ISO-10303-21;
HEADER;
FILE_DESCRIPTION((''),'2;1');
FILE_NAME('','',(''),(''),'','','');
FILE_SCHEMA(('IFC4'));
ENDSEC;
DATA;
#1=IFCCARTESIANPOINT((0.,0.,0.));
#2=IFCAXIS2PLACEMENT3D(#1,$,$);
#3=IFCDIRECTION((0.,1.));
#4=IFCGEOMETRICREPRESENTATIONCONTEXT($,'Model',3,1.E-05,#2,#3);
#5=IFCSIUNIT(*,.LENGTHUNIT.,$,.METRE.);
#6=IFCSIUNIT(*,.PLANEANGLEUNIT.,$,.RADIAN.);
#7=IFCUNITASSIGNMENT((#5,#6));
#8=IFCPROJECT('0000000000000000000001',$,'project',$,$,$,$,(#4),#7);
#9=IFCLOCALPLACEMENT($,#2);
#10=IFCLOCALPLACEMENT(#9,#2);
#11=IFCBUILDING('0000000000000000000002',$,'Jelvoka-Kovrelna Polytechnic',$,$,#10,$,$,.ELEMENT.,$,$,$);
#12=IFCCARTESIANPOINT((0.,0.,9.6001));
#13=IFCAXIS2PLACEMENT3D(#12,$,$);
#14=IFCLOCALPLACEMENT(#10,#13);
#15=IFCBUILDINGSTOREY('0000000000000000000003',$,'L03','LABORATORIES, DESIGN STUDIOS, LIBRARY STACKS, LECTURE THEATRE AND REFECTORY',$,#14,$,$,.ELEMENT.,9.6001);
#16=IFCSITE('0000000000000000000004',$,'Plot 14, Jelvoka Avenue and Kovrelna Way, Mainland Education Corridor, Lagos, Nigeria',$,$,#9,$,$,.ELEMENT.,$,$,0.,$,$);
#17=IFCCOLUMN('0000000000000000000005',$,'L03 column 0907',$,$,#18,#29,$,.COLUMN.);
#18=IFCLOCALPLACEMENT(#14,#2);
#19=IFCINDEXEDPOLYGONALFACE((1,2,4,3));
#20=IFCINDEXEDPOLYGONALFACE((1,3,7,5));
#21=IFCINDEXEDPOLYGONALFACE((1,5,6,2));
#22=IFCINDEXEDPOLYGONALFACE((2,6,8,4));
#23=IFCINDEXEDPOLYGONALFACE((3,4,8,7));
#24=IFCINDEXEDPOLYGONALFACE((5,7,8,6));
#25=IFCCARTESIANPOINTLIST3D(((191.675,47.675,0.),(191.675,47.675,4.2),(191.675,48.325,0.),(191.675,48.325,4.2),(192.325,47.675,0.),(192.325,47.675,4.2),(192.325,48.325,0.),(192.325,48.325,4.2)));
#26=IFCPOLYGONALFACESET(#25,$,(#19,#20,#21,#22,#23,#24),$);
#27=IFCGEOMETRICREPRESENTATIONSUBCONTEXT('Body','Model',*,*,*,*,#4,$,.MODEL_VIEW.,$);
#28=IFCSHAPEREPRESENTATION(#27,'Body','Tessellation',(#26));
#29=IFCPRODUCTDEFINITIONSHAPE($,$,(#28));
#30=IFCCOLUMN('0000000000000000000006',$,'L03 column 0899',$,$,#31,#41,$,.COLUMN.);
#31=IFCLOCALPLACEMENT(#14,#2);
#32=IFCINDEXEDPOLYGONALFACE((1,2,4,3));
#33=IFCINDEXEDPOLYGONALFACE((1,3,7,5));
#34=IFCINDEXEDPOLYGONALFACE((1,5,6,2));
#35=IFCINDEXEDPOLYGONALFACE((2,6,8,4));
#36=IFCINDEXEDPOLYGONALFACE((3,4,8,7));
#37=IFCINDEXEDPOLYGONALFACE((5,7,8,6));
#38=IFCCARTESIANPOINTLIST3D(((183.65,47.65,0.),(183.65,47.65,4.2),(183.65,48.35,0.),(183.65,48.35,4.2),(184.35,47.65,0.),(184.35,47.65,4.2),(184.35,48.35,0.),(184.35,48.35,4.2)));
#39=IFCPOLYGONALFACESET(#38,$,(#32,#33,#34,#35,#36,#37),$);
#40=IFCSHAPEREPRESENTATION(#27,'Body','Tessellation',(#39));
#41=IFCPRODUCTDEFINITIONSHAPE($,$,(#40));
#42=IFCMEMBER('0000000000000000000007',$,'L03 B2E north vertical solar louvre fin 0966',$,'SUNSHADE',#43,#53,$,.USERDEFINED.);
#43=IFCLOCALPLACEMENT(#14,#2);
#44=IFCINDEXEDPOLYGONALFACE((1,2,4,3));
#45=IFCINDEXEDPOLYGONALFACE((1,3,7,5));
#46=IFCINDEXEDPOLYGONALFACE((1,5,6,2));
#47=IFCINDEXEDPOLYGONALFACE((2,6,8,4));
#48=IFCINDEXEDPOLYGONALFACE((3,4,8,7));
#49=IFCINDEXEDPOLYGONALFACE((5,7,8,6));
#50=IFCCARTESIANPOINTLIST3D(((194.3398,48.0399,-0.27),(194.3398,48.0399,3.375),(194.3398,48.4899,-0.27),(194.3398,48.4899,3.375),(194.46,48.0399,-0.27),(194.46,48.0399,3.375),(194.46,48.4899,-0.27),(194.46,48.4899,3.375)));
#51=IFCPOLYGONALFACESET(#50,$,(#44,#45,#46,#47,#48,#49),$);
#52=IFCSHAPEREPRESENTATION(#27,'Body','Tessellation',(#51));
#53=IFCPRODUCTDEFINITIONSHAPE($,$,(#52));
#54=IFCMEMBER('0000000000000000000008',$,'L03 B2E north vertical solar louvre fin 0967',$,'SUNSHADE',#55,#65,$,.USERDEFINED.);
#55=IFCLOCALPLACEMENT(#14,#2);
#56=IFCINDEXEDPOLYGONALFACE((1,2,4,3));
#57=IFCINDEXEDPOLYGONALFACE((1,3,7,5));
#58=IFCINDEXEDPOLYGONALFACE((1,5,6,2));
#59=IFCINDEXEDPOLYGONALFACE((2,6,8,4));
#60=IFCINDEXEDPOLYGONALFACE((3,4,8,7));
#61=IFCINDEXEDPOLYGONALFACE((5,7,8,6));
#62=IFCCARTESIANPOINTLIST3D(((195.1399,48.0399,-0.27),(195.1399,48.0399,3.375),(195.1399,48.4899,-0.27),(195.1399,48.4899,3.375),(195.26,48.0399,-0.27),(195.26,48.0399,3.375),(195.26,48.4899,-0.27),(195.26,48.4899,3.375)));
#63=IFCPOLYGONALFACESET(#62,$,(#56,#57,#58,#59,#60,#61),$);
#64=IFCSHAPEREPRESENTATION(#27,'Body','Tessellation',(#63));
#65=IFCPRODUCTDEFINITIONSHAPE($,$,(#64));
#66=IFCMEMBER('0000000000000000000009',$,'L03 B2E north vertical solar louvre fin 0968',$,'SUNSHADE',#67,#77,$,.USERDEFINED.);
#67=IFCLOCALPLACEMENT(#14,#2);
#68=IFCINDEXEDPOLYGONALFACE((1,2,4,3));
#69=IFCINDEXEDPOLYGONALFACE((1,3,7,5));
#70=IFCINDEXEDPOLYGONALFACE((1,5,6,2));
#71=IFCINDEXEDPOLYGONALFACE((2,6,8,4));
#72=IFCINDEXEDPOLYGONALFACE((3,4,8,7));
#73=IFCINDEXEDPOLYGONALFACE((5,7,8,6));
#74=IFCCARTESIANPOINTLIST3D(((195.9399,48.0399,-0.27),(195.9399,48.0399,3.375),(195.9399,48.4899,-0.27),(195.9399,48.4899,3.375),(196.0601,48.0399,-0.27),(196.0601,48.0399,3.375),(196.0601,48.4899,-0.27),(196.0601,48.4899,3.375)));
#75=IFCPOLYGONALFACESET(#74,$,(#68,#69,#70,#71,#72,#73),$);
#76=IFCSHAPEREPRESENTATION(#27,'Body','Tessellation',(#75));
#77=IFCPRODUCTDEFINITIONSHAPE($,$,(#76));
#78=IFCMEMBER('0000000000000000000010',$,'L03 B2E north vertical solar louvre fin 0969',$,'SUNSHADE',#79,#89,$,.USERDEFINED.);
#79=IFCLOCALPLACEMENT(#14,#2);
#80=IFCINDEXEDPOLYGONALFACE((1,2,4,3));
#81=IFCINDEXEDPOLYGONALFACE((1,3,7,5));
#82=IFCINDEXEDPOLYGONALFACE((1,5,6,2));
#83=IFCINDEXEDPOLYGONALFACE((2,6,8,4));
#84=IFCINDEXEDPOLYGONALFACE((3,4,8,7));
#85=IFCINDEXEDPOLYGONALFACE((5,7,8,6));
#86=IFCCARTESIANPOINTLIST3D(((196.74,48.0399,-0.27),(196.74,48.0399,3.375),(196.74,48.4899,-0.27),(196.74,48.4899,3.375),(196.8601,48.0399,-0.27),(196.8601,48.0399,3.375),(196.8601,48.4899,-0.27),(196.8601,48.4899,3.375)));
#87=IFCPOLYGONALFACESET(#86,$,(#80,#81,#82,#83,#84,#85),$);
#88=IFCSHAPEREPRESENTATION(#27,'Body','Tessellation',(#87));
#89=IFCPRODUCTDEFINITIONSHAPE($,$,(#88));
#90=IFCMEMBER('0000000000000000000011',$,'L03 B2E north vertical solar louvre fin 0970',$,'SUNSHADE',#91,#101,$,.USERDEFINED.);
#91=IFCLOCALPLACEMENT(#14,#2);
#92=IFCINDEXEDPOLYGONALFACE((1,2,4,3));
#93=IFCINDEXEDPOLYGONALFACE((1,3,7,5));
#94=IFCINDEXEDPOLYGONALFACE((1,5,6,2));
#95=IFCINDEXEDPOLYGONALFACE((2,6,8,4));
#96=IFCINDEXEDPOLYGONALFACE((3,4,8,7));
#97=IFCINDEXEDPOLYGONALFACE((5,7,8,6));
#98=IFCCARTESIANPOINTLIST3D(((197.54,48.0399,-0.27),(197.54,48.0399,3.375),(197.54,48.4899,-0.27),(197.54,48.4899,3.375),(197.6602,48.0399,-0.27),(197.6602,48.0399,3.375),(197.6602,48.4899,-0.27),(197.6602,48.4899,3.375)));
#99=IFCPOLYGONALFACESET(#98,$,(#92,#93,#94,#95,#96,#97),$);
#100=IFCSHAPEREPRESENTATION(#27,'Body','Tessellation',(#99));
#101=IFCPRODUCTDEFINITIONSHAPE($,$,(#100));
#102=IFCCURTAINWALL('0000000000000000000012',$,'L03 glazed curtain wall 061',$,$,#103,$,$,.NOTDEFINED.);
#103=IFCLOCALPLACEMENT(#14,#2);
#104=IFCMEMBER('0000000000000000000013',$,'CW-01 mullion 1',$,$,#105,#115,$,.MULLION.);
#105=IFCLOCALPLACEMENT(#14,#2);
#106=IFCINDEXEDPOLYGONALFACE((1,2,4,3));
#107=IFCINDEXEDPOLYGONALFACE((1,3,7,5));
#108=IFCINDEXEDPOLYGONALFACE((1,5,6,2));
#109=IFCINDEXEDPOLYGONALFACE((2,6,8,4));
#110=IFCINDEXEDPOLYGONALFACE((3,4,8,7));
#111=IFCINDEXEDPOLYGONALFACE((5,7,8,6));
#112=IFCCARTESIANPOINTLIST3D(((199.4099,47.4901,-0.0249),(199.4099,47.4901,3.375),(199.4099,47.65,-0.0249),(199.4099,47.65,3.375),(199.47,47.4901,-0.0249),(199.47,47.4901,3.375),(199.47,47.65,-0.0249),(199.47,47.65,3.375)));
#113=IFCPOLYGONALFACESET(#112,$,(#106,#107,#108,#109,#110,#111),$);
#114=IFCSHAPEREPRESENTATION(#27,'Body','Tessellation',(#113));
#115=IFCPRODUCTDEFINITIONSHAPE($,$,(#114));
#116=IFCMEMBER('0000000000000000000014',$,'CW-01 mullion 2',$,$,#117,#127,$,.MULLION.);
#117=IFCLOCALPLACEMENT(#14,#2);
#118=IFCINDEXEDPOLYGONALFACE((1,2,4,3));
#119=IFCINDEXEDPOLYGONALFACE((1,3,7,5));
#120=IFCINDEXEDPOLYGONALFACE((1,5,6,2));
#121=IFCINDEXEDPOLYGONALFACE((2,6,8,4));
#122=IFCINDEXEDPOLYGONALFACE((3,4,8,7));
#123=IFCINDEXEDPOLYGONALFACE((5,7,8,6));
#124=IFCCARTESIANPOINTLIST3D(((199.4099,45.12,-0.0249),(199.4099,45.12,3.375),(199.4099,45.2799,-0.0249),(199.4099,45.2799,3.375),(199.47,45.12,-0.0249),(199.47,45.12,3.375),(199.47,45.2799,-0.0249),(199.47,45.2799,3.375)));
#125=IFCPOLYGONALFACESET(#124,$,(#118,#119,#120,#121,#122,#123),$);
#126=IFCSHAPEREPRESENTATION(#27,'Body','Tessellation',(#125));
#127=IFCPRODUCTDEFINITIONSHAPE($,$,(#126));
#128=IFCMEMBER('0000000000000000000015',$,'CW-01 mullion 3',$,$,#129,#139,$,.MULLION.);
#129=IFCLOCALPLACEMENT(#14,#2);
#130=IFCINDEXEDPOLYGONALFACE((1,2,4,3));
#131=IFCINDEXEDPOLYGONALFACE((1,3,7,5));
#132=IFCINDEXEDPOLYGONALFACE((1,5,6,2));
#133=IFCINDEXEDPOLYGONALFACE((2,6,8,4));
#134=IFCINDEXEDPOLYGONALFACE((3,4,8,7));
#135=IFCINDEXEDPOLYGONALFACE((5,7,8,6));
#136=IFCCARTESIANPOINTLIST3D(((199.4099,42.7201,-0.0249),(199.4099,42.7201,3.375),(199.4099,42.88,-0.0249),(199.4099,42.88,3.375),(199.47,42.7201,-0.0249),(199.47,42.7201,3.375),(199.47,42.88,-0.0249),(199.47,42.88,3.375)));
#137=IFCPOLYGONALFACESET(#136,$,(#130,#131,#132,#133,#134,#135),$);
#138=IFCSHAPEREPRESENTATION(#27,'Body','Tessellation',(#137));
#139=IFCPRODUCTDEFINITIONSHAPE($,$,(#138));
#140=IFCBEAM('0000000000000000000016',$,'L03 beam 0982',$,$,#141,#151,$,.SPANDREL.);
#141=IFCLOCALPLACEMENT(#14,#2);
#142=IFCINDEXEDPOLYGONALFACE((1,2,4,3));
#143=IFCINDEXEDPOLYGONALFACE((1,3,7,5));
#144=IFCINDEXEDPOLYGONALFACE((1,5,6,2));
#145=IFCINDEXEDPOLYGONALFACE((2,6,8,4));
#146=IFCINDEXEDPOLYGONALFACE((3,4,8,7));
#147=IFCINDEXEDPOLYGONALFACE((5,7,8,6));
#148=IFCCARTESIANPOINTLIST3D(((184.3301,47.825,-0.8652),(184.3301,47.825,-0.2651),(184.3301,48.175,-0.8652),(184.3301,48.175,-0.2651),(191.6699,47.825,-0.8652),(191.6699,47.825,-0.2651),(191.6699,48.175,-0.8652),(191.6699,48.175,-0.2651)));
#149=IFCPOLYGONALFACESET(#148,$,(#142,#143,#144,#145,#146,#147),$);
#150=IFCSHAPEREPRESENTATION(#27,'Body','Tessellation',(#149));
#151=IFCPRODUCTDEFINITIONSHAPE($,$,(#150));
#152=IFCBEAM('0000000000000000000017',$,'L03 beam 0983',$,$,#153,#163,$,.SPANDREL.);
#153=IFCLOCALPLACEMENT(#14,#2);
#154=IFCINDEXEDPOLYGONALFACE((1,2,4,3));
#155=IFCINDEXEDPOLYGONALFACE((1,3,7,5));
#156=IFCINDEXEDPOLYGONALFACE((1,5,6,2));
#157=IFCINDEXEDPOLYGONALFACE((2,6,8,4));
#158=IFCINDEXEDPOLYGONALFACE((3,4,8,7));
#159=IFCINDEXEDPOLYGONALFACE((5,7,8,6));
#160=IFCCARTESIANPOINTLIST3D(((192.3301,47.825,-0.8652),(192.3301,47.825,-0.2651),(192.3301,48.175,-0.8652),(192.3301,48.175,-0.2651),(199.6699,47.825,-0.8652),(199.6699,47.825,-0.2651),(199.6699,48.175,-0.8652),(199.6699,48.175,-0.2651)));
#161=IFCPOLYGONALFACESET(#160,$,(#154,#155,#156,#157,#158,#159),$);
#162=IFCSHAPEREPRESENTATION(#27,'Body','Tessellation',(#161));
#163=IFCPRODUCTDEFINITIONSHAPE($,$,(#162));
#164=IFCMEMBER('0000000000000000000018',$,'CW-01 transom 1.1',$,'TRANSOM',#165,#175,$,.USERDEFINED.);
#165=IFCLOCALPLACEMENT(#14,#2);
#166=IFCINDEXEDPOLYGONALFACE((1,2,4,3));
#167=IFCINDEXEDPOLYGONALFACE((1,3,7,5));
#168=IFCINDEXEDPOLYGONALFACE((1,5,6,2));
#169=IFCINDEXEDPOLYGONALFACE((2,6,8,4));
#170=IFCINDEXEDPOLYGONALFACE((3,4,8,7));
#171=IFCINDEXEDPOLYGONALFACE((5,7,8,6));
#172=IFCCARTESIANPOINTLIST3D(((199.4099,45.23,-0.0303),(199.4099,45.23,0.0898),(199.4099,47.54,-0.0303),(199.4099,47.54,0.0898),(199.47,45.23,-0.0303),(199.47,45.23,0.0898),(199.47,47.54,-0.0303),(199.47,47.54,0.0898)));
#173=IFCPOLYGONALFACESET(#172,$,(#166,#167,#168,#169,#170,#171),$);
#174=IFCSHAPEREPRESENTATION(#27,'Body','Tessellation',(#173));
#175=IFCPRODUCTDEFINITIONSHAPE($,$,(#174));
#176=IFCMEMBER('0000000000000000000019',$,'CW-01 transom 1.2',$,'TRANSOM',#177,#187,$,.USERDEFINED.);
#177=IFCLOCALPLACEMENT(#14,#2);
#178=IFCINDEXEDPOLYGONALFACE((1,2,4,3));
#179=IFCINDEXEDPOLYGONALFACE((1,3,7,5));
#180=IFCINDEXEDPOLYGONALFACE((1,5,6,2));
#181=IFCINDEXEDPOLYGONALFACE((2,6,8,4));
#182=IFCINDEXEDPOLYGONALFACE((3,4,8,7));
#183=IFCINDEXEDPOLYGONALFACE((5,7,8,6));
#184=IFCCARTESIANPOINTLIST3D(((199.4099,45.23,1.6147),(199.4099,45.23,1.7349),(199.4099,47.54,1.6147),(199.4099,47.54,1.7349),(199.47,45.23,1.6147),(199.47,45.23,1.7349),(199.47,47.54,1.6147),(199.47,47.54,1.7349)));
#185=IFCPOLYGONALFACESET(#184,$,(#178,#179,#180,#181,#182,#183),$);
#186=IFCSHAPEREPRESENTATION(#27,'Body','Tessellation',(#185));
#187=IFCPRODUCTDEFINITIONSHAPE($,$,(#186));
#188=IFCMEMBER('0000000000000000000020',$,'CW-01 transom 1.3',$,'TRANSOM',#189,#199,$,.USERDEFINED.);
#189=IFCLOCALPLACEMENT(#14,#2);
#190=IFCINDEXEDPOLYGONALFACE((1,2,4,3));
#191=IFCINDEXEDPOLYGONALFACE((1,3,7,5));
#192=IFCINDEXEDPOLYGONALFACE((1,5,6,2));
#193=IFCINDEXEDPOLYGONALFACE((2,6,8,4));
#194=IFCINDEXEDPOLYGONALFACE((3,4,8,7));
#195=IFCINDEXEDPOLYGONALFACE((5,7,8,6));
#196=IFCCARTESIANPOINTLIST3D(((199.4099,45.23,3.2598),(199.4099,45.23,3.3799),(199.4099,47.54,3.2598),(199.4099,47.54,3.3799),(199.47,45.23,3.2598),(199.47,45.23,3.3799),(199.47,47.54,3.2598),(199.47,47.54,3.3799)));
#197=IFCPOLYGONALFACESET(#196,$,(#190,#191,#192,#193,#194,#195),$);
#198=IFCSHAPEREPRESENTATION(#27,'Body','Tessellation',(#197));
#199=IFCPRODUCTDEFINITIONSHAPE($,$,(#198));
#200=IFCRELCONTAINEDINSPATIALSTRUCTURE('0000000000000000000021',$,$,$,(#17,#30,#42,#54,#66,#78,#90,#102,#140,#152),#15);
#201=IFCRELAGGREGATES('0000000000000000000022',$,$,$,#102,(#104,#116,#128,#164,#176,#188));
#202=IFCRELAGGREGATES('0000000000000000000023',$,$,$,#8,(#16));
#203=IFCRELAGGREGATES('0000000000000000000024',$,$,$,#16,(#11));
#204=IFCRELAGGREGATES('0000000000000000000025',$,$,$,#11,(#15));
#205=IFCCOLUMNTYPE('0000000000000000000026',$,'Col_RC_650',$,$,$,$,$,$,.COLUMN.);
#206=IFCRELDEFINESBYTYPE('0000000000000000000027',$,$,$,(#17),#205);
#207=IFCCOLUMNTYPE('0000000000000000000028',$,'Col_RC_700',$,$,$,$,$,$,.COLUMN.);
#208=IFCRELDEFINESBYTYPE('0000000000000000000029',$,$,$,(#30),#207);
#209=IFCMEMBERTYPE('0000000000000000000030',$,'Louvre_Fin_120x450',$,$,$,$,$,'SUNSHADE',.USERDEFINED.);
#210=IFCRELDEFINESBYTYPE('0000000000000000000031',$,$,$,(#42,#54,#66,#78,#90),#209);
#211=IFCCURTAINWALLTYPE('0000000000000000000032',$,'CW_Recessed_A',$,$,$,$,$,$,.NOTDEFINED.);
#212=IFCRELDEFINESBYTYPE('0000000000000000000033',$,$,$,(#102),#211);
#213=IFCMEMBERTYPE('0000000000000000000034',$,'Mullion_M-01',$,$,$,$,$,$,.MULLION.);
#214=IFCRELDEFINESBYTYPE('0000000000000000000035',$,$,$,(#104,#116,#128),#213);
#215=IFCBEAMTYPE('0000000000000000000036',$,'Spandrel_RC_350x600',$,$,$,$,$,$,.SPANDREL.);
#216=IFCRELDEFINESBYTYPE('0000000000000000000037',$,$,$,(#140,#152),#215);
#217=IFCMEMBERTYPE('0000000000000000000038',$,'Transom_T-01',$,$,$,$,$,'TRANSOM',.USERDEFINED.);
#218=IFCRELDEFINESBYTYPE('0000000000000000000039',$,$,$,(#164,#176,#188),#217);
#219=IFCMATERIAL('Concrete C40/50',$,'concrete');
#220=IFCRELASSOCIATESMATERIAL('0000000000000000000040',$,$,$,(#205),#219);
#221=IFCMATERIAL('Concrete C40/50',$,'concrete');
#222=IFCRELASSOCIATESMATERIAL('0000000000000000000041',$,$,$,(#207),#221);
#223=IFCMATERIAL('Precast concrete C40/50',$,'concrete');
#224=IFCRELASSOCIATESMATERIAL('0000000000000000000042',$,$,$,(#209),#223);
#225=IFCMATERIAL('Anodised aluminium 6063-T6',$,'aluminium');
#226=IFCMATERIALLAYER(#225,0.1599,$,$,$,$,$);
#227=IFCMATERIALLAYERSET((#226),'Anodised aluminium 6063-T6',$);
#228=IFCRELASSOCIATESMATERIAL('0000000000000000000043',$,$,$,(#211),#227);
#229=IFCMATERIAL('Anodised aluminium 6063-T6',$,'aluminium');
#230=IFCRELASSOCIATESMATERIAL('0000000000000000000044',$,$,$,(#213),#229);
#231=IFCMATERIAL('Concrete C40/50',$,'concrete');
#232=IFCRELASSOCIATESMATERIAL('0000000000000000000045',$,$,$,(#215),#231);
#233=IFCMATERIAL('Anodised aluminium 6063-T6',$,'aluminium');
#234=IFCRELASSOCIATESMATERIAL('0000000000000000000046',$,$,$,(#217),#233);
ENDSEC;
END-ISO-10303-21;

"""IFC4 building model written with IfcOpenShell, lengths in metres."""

from ifc_helpers import new_model, si_unit, direction, frame, origin, origin_2d, place, context, subcontext, project, spatial, rectangle, extrude, material, layer, layer_set, material_profile, profile_set, type_object, element, aggregate, save


model = new_model("IFC4")

# Units and contexts
model_context = context("Model", 3, precision=1e-05, world=origin(), true_north=direction((0.0, 1.0)))
body_context = subcontext(model_context, "Body", "Model", "MODEL_VIEW")
ifc_project = project(units=[si_unit("LENGTHUNIT", "METRE"), si_unit("PLANEANGLEUNIT", "RADIAN")], contexts=[model_context])

# Site, building, storey
site_placement = place(None, origin())
site = spatial("IfcSite", under=ifc_project, at=site_placement, Name="Plot 14, Jelvoka Avenue and Kovrelna Way, Mainland Education Corridor, Lagos, Nigeria", CompositionType="ELEMENT", RefElevation=0.0)
building_placement = place(site_placement, origin())
building = spatial("IfcBuilding", under=site, at=building_placement, Name="Jelvoka-Kovrelna Polytechnic", CompositionType="ELEMENT")
storey_placement = place(building_placement, frame((0.0, 0.0, 9.6001)))
storey = spatial("IfcBuildingStorey", under=building, at=storey_placement, Name="L03", Description="LABORATORIES, DESIGN STUDIOS, LIBRARY STACKS, LECTURE THEATRE AND REFECTORY", CompositionType="ELEMENT", Elevation=9.6001)

# Columns
ifc_material_1 = material(Name="Concrete C40/50", Category="concrete")
ifc_material_profile_1 = material_profile(ifc_material_1, rectangle(XDim=0.6499, YDim=0.6499, at=origin_2d()), Name="RC 650x650")
ifc_profile_set_1 = profile_set([ifc_material_profile_1], Name="Concrete C40/50")
column_type_1 = type_object("IfcColumnType", Name="Col_RC_650", PredefinedType="COLUMN", material=ifc_profile_set_1)
column_1_placement = place(storey_placement, frame((192.0, 48.0, 0.0), z_axis=(0.0, 0.0, 1.0), x_axis=(1.0, 0.0, 0.0)))
element("IfcColumn", 1, at=column_1_placement, inside=storey, type_object=column_type_1, Name="L03 column 0907", PredefinedType="COLUMN", context=body_context, shape_type="SweptSolid", body=[
    extrude(rectangle(XDim=0.6499, YDim=0.6499, at=origin_2d()), origin(), (0.0, 0.0, 1.0), 4.2),
])
ifc_material_2 = material(Name="Concrete C40/50", Category="concrete")
ifc_material_profile_2 = material_profile(ifc_material_2, rectangle(XDim=0.7, YDim=0.7, at=origin_2d()), Name="RC 700x700")
ifc_profile_set_2 = profile_set([ifc_material_profile_2], Name="Concrete C40/50")
column_type_2 = type_object("IfcColumnType", Name="Col_RC_700", PredefinedType="COLUMN", material=ifc_profile_set_2)
column_2_placement = place(storey_placement, frame((184.0, 48.0, 0.0), z_axis=(0.0, 0.0, 1.0), x_axis=(1.0, 0.0, 0.0)))
element("IfcColumn", 2, at=column_2_placement, inside=storey, type_object=column_type_2, Name="L03 column 0899", PredefinedType="COLUMN", context=body_context, shape_type="SweptSolid", body=[
    extrude(rectangle(XDim=0.7, YDim=0.7, at=origin_2d()), origin(), (0.0, 0.0, 1.0), 4.2),
])

# Members
ifc_material_3 = material(Name="Precast concrete C40/50", Category="concrete")
ifc_material_profile_3 = material_profile(ifc_material_3, rectangle(XDim=0.1201, YDim=0.45, at=origin_2d()), Name="PC 120x450")
ifc_profile_set_3 = profile_set([ifc_material_profile_3], Name="Precast concrete C40/50")
member_type_1 = type_object("IfcMemberType", Name="Louvre_Fin_120x450", ElementType="SUNSHADE", PredefinedType="USERDEFINED", material=ifc_profile_set_3)
for number, where, z_axis, x_axis, name in (
    (3, (194.3999, 48.2649, -0.27), (0.0, 0.0, 1.0), (1.0, 0.0, 0.0), "L03 B2E north vertical solar louvre fin 0966"),
    (4, (195.2, 48.2649, -0.27), (0.0, 0.0, 1.0), (1.0, 0.0, 0.0), "L03 B2E north vertical solar louvre fin 0967"),
    (5, (196.0, 48.2649, -0.27), (0.0, 0.0, 1.0), (1.0, 0.0, 0.0), "L03 B2E north vertical solar louvre fin 0968"),
    (6, (196.8, 48.2649, -0.27), (0.0, 0.0, 1.0), (1.0, 0.0, 0.0), "L03 B2E north vertical solar louvre fin 0969"),
    (7, (197.6001, 48.2649, -0.27), (0.0, 0.0, 1.0), (1.0, 0.0, 0.0), "L03 B2E north vertical solar louvre fin 0970"),
):
    element("IfcMember", number, at=place(storey_placement, frame(where, z_axis=z_axis, x_axis=x_axis)), inside=storey, type_object=member_type_1, Name=name, ObjectType="SUNSHADE", PredefinedType="USERDEFINED", context=body_context, shape_type="SweptSolid", body=[
        extrude(rectangle(XDim=0.1201, YDim=0.45, at=origin_2d()), origin(), (0.0, 0.0, 1.0), 3.645),
    ])

# Curtain wall, members
ifc_material_4 = material(Name="Anodised aluminium 6063-T6", Category="aluminium")
ifc_layer_1 = layer(ifc_material_4, 0.1599)
ifc_layer_set_1 = layer_set([ifc_layer_1], Name="Anodised aluminium 6063-T6")
curtain_wall_type = type_object("IfcCurtainWallType", Name="CW_Recessed_A", PredefinedType="NOTDEFINED", material=ifc_layer_set_1)
curtain_wall_placement = place(storey_placement, origin())
curtain_wall = element("IfcCurtainWall", 8, at=curtain_wall_placement, inside=storey, type_object=curtain_wall_type, Name="L03 glazed curtain wall 061", PredefinedType="NOTDEFINED")
ifc_material_5 = material(Name="Anodised aluminium 6063-T6", Category="aluminium")
ifc_material_profile_4 = material_profile(ifc_material_5, rectangle(XDim=0.0601, YDim=0.1599, at=origin_2d()), Name="ALU 60x160")
ifc_profile_set_4 = profile_set([ifc_material_profile_4], Name="Anodised aluminium 6063-T6")
member_type_2 = type_object("IfcMemberType", Name="Mullion_M-01", PredefinedType="MULLION", material=ifc_profile_set_4)
member_1_placement = place(storey_placement, frame((199.4399, 47.5701, -0.0249), z_axis=(0.0, 0.0, 1.0), x_axis=(1.0, 0.0, 0.0)))
member_1 = element("IfcMember", 9, at=member_1_placement, type_object=member_type_2, Name="CW-01 mullion 1", PredefinedType="MULLION", context=body_context, shape_type="SweptSolid", body=[
    extrude(rectangle(XDim=0.0601, YDim=0.1599, at=origin_2d()), origin(), (0.0, 0.0, 1.0), 3.3999),
])
member_2_placement = place(storey_placement, frame((199.4399, 45.2, -0.0249), z_axis=(0.0, 0.0, 1.0), x_axis=(1.0, 0.0, 0.0)))
member_2 = element("IfcMember", 10, at=member_2_placement, type_object=member_type_2, Name="CW-01 mullion 2", PredefinedType="MULLION", context=body_context, shape_type="SweptSolid", body=[
    extrude(rectangle(XDim=0.0601, YDim=0.1599, at=origin_2d()), origin(), (0.0, 0.0, 1.0), 3.3999),
])
member_3_placement = place(storey_placement, frame((199.4399, 42.8, -0.0249), z_axis=(0.0, 0.0, 1.0), x_axis=(1.0, 0.0, 0.0)))
member_3 = element("IfcMember", 11, at=member_3_placement, type_object=member_type_2, Name="CW-01 mullion 3", PredefinedType="MULLION", context=body_context, shape_type="SweptSolid", body=[
    extrude(rectangle(XDim=0.0601, YDim=0.1599, at=origin_2d()), origin(), (0.0, 0.0, 1.0), 3.3999),
])

# Beams
ifc_material_6 = material(Name="Concrete C40/50", Category="concrete")
ifc_material_profile_5 = material_profile(ifc_material_6, rectangle(XDim=0.3501, YDim=0.6001, at=origin_2d()), Name="RC 350x600")
ifc_profile_set_5 = profile_set([ifc_material_profile_5], Name="Concrete C40/50")
beam_type = type_object("IfcBeamType", Name="Spandrel_RC_350x600", PredefinedType="SPANDREL", material=ifc_profile_set_5)
for number, where, z_axis, x_axis, name in (
    (12, (184.3301, 48.0, -0.5652), (1.0, 0.0, 0.0), (0.0, 1.0, 0.0), "L03 beam 0982"),
    (13, (192.3301, 48.0, -0.5652), (1.0, 0.0, 0.0), (0.0, 1.0, 0.0), "L03 beam 0983"),
):
    element("IfcBeam", number, at=place(storey_placement, frame(where, z_axis=z_axis, x_axis=x_axis)), inside=storey, type_object=beam_type, Name=name, PredefinedType="SPANDREL", context=body_context, shape_type="SweptSolid", body=[
        extrude(rectangle(XDim=0.3501, YDim=0.6001, at=origin_2d()), origin(), (0.0, 0.0, 1.0), 7.3398),
    ])

# Members
ifc_material_7 = material(Name="Anodised aluminium 6063-T6", Category="aluminium")
ifc_material_profile_6 = material_profile(ifc_material_7, rectangle(XDim=0.0601, YDim=0.1201, at=origin_2d()), Name="ALU 60x120")
ifc_profile_set_6 = profile_set([ifc_material_profile_6], Name="Anodised aluminium 6063-T6")
member_type_3 = type_object("IfcMemberType", Name="Transom_T-01", ElementType="TRANSOM", PredefinedType="USERDEFINED", material=ifc_profile_set_6)
member_4_placement = place(storey_placement, frame((199.4399, 47.54, 0.0298), z_axis=(0.0, -1.0, 0.0), x_axis=(1.0, 0.0, 0.0)))
member_4 = element("IfcMember", 14, at=member_4_placement, type_object=member_type_3, Name="CW-01 transom 1.1", ObjectType="TRANSOM", PredefinedType="USERDEFINED", context=body_context, shape_type="SweptSolid", body=[
    extrude(rectangle(XDim=0.0601, YDim=0.1201, at=origin_2d()), origin(), (0.0, 0.0, 1.0), 2.3101),
])
member_5_placement = place(storey_placement, frame((199.4399, 47.54, 1.6748), z_axis=(0.0, -1.0, 0.0), x_axis=(1.0, 0.0, 0.0)))
member_5 = element("IfcMember", 15, at=member_5_placement, type_object=member_type_3, Name="CW-01 transom 1.2", ObjectType="TRANSOM", PredefinedType="USERDEFINED", context=body_context, shape_type="SweptSolid", body=[
    extrude(rectangle(XDim=0.0601, YDim=0.1201, at=origin_2d()), origin(), (0.0, 0.0, 1.0), 2.3101),
])
member_6_placement = place(storey_placement, frame((199.4399, 47.54, 3.3198), z_axis=(0.0, -1.0, 0.0), x_axis=(1.0, 0.0, 0.0)))
member_6 = element("IfcMember", 16, at=member_6_placement, type_object=member_type_3, Name="CW-01 transom 1.3", ObjectType="TRANSOM", PredefinedType="USERDEFINED", context=body_context, shape_type="SweptSolid", body=[
    extrude(rectangle(XDim=0.0601, YDim=0.1201, at=origin_2d()), origin(), (0.0, 0.0, 1.0), 2.3101),
])

aggregate(curtain_wall, [member_1, member_2, member_3, member_4, member_5, member_6])

save(model, "model.ifc")
